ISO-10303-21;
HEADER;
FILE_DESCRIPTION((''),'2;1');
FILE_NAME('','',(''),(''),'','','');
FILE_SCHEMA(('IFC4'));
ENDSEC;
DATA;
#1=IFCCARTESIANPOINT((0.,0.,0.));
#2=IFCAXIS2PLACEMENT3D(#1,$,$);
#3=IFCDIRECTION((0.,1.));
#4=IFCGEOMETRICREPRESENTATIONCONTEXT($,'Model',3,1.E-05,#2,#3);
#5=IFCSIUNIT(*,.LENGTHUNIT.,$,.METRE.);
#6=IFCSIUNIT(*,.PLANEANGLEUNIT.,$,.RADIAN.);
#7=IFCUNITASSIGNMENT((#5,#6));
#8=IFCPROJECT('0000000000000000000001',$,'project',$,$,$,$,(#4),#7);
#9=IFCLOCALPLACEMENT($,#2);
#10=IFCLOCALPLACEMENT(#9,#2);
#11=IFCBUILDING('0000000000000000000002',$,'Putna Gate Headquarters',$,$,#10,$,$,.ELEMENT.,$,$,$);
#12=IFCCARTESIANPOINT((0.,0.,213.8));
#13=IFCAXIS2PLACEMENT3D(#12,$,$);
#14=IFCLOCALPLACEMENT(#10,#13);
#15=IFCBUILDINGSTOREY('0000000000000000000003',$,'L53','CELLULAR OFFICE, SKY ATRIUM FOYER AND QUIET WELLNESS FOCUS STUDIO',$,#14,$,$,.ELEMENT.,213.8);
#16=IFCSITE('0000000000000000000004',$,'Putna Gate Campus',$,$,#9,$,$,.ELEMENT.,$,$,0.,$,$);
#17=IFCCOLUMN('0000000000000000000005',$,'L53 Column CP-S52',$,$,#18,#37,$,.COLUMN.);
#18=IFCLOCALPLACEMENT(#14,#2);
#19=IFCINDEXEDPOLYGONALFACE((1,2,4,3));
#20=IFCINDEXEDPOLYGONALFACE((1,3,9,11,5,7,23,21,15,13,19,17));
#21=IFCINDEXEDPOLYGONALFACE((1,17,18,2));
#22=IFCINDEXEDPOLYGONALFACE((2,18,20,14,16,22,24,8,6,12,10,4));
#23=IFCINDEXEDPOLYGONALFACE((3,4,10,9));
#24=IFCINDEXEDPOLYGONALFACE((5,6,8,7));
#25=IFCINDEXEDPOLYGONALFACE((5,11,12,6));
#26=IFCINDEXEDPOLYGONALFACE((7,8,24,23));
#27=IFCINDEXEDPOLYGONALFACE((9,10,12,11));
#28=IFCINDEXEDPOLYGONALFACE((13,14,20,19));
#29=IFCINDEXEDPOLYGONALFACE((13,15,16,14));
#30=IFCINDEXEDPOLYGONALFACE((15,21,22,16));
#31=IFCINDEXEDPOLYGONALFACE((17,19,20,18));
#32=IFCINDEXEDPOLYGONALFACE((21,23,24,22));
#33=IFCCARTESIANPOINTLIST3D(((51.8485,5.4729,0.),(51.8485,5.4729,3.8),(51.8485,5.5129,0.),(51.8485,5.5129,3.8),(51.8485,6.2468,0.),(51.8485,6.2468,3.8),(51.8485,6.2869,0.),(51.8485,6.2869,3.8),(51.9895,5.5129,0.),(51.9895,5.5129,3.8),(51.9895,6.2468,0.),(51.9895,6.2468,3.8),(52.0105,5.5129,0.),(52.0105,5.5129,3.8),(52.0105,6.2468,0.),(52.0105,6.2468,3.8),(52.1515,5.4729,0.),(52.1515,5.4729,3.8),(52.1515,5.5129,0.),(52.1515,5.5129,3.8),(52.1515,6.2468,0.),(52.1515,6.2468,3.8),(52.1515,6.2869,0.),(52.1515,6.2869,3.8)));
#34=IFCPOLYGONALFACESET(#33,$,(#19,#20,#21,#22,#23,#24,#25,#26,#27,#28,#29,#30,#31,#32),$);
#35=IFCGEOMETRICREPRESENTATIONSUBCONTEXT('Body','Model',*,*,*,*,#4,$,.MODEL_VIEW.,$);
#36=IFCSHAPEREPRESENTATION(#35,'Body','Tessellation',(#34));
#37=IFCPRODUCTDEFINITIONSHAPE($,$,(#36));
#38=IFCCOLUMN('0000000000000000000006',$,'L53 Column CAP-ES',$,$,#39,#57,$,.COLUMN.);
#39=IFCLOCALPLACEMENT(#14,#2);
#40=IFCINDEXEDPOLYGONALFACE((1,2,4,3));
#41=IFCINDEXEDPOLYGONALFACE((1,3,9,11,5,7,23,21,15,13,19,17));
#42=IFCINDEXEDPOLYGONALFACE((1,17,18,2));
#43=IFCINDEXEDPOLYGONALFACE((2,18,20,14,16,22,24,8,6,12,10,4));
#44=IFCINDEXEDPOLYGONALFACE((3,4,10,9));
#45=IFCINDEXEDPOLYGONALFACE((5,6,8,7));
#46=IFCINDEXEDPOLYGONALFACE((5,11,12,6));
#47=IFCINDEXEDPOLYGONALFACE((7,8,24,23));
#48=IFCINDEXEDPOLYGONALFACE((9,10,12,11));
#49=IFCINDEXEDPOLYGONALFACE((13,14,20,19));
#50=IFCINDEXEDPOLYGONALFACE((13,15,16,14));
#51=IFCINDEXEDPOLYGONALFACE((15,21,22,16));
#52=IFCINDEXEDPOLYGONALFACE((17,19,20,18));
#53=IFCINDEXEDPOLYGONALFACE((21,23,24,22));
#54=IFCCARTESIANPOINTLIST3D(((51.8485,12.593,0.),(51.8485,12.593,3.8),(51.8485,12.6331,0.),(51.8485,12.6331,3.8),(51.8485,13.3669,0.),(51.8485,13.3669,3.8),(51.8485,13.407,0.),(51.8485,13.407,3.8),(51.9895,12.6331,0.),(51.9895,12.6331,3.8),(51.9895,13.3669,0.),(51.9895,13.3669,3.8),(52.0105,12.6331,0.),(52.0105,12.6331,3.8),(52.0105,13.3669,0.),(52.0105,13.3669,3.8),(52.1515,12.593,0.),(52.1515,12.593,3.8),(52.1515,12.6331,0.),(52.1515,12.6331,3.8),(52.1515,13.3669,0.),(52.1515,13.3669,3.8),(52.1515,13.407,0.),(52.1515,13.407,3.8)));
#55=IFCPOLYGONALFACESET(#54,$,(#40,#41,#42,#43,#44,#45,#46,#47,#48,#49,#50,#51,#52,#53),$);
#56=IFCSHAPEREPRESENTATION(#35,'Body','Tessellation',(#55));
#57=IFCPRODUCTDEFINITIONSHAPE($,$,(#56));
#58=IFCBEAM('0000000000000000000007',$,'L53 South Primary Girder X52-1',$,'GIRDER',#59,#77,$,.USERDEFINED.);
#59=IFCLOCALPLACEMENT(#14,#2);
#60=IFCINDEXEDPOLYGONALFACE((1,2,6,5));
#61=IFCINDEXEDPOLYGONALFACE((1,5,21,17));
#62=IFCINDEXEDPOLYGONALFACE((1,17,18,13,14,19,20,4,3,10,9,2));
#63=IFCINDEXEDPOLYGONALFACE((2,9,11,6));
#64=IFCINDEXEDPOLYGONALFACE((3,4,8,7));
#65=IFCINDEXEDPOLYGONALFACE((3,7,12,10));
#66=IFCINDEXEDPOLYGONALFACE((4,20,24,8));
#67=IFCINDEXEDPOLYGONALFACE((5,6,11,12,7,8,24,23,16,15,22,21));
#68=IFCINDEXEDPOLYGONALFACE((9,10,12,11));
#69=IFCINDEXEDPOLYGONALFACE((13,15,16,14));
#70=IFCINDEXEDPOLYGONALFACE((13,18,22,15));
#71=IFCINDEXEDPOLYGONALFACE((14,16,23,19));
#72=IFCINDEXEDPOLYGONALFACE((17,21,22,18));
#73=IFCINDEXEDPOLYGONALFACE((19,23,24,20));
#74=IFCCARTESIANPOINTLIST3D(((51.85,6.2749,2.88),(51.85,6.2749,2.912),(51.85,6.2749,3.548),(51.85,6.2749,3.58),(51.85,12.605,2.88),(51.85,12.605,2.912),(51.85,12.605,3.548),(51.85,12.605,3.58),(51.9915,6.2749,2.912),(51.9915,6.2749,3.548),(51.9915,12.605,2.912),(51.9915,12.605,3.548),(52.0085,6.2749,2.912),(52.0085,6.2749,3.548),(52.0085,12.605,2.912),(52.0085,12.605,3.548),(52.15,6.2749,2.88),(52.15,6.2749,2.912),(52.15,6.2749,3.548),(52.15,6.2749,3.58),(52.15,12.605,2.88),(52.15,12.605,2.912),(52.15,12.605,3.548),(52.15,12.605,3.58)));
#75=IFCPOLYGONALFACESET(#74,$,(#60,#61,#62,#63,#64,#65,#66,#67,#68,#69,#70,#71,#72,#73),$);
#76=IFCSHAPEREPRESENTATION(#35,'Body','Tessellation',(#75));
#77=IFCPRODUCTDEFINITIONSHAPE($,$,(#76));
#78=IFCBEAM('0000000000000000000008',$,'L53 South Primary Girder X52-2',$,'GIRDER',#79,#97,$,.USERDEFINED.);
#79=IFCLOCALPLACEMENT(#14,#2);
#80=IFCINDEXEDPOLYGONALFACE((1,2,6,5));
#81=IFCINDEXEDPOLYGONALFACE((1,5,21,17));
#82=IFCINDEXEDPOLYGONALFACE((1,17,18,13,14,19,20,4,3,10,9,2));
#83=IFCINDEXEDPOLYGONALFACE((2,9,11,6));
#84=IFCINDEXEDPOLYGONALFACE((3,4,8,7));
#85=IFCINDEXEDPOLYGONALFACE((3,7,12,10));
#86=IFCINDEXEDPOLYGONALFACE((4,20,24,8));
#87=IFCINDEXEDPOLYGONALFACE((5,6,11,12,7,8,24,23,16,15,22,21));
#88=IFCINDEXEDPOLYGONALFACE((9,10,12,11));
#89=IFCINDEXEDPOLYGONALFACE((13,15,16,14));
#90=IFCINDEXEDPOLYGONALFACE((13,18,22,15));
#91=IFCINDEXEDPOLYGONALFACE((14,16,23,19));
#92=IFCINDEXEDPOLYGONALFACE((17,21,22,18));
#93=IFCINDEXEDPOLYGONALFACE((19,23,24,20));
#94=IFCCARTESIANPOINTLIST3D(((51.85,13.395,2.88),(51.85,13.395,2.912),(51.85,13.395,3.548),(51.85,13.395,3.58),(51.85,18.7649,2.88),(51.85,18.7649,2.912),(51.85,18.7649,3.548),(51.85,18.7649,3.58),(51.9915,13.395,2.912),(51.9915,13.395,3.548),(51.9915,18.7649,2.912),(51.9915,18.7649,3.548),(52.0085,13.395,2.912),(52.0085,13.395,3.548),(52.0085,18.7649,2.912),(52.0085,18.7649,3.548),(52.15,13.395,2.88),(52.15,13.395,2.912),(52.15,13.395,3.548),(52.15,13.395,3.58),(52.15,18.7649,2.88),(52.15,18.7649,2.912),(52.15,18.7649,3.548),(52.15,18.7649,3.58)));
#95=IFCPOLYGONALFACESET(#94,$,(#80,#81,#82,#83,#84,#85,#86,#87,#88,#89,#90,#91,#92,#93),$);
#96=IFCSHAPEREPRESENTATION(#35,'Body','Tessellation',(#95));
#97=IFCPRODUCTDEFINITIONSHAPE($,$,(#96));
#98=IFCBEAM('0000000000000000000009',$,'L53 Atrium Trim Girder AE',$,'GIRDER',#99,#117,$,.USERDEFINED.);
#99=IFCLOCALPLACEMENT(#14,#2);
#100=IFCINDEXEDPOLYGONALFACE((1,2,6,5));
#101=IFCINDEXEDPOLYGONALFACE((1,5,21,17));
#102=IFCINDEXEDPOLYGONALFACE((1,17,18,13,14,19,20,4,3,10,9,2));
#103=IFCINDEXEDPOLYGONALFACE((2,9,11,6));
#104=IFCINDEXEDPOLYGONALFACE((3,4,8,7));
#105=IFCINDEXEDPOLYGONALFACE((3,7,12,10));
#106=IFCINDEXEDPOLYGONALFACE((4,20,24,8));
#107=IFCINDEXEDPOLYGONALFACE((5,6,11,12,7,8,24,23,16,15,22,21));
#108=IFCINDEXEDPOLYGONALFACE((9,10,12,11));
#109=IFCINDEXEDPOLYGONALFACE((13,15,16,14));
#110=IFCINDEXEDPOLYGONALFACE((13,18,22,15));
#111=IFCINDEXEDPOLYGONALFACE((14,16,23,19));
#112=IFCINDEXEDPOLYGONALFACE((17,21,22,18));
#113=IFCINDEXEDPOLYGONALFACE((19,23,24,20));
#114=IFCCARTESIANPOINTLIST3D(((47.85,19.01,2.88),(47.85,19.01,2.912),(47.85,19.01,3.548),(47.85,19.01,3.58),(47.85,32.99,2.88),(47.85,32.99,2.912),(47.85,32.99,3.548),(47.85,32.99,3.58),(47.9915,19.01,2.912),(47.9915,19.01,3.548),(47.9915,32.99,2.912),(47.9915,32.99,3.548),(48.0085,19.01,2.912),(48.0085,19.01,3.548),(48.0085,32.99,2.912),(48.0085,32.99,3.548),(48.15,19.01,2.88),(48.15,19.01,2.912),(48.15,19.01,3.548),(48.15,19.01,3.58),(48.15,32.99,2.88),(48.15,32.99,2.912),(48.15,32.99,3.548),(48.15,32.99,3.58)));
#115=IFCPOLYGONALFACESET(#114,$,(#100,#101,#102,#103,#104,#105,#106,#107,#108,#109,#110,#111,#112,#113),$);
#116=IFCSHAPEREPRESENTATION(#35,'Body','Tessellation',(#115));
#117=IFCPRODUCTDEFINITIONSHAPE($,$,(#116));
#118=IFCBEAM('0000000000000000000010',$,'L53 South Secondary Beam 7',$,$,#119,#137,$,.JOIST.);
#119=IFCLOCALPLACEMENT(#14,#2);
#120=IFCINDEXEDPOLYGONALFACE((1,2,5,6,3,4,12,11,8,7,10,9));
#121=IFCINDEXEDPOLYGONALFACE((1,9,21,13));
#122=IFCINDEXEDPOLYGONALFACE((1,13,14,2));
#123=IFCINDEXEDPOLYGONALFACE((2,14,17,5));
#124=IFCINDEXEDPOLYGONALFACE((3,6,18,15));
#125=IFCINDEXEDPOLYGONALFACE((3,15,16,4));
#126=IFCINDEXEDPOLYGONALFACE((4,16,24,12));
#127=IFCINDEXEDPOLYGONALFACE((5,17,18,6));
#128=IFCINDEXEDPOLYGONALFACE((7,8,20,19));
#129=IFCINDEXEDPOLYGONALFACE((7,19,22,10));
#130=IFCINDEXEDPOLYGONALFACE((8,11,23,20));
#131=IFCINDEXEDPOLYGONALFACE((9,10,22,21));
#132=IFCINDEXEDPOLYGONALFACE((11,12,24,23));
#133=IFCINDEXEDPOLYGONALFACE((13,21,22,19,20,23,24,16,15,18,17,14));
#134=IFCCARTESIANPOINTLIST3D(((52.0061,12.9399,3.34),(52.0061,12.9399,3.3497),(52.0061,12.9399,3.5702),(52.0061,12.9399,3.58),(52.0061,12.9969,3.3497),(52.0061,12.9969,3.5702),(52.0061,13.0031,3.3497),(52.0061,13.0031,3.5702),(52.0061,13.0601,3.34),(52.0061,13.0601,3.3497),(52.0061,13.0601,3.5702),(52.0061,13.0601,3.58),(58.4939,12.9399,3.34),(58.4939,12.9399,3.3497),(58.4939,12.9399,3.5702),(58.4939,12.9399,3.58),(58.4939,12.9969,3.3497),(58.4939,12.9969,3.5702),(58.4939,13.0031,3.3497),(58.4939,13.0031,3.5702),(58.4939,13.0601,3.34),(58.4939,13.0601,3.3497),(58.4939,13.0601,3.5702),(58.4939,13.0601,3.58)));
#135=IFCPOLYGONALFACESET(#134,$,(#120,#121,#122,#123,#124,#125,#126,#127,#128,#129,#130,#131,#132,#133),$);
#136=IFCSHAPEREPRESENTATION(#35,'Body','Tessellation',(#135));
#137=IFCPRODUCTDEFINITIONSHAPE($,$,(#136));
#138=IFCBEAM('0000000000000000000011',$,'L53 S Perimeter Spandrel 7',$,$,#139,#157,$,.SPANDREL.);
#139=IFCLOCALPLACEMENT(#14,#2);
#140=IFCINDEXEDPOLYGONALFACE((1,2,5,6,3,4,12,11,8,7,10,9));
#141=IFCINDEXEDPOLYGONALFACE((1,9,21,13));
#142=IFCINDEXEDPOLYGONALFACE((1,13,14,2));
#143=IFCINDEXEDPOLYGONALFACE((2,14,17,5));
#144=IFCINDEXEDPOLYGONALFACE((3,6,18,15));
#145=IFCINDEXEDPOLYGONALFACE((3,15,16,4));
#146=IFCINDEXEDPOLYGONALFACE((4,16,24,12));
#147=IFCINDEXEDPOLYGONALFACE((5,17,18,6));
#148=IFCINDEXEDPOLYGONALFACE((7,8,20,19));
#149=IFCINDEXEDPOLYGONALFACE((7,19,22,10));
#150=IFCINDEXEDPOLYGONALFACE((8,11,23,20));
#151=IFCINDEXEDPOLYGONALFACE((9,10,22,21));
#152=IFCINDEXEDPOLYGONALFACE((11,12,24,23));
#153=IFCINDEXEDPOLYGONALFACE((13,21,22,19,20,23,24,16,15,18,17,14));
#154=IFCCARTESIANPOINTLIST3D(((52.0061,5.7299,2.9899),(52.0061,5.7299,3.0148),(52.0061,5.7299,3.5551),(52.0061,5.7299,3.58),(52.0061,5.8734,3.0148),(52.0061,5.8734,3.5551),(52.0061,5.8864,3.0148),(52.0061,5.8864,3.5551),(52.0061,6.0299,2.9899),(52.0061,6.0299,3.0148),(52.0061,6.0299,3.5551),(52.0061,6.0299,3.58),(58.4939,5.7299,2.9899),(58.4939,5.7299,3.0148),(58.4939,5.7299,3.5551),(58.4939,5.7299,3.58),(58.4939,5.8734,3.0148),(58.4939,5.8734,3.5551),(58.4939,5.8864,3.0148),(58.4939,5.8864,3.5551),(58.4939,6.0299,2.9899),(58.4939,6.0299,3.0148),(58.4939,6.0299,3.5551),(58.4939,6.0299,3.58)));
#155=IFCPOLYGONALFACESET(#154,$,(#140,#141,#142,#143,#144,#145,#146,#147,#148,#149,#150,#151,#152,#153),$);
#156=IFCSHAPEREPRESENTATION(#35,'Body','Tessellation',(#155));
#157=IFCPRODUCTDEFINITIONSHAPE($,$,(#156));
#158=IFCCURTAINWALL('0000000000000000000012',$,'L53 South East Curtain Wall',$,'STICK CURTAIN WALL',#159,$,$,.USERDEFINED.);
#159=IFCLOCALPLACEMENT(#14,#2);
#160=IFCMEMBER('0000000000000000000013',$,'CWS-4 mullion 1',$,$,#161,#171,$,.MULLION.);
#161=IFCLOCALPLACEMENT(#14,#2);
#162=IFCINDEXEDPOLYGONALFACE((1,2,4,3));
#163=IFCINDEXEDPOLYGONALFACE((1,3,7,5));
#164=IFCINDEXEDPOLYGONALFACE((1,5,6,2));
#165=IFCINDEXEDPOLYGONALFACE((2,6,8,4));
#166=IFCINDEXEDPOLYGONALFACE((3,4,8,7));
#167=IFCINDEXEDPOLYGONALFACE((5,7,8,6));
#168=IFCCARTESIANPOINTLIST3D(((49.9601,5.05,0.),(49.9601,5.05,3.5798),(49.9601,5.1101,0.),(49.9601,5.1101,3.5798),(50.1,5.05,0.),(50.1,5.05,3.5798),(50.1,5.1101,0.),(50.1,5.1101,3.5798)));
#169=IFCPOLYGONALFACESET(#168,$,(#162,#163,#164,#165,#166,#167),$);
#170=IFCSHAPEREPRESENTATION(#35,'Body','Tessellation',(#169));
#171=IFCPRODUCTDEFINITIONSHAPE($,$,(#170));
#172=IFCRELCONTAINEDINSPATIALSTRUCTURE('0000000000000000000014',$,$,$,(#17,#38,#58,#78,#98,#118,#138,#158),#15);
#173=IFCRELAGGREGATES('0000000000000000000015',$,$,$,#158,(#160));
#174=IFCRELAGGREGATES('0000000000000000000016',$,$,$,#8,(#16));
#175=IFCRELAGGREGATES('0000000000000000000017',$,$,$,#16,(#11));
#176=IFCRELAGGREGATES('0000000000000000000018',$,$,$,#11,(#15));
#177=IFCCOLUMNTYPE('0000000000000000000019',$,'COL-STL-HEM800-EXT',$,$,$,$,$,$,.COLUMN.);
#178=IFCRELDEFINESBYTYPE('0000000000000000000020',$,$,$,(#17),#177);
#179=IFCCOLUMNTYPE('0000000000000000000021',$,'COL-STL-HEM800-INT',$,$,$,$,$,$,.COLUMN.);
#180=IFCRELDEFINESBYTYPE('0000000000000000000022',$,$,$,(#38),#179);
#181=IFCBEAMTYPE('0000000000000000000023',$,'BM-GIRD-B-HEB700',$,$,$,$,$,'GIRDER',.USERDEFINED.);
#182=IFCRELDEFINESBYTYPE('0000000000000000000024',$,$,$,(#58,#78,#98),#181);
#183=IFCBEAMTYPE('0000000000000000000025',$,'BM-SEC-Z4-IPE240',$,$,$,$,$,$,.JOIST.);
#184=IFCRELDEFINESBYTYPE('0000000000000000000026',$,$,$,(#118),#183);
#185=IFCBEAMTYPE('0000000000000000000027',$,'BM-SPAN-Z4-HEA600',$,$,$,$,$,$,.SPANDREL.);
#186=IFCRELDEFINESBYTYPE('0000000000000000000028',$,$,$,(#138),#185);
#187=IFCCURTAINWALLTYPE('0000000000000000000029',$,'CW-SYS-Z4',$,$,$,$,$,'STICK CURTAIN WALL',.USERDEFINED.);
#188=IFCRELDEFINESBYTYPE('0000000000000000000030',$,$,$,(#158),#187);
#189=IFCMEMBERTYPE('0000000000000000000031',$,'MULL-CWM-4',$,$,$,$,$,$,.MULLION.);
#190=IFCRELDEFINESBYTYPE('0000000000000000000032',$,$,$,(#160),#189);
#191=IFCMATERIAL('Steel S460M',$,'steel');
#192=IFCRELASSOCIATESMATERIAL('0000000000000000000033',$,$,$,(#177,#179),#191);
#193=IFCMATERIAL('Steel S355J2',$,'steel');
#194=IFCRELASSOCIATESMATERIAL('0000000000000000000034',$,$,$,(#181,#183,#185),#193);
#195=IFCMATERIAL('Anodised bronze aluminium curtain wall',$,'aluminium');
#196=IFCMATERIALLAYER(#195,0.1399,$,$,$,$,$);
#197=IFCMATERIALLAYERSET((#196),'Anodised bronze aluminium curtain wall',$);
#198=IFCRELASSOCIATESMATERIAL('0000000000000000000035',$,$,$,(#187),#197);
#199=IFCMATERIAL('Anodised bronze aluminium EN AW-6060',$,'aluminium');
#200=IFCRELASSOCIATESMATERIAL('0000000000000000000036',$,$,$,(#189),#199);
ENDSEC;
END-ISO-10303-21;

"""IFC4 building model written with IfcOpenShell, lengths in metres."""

from ifc_helpers import new_model, si_unit, direction, frame, origin, origin_2d, place, context, subcontext, project, spatial, rectangle, i_section, extrude, material, layer, layer_set, material_profile, profile_set, type_object, element, aggregate, save


model = new_model("IFC4")

# Units and contexts
model_context = context("Model", 3, precision=1e-05, world=origin(), true_north=direction((0.0, 1.0)))
body_context = subcontext(model_context, "Body", "Model", "MODEL_VIEW")
ifc_project = project(units=[si_unit("LENGTHUNIT", "METRE"), si_unit("PLANEANGLEUNIT", "RADIAN")], contexts=[model_context])

# Site, building, storey
site_placement = place(None, origin())
site = spatial("IfcSite", under=ifc_project, at=site_placement, Name="Putna Gate Campus", CompositionType="ELEMENT", RefElevation=0.0)
building_placement = place(site_placement, origin())
building = spatial("IfcBuilding", under=site, at=building_placement, Name="Putna Gate Headquarters", CompositionType="ELEMENT")
storey_placement = place(building_placement, frame((0.0, 0.0, 213.8)))
storey = spatial("IfcBuildingStorey", under=building, at=storey_placement, Name="L53", Description="CELLULAR OFFICE, SKY ATRIUM FOYER AND QUIET WELLNESS FOCUS STUDIO", CompositionType="ELEMENT", Elevation=213.8)

# Columns
ifc_material_1 = material(Name="Steel S460M", Category="steel")
ifc_material_profile_1 = material_profile(ifc_material_1, i_section(OverallWidth=0.303, OverallDepth=0.814, WebThickness=0.021, FlangeThickness=0.04, at=origin_2d()), Name="Steel S460M")
ifc_profile_set_1 = profile_set([ifc_material_profile_1], Name="Steel S460M")
column_type_1 = type_object("IfcColumnType", Name="COL-STL-HEM800-EXT", PredefinedType="COLUMN", material=ifc_profile_set_1)
column_1_placement = place(storey_placement, frame((52.0, 5.8799, 0.0), z_axis=(0.0, 0.0, 1.0), x_axis=(1.0, 0.0, 0.0)))
element("IfcColumn", 1, at=column_1_placement, inside=storey, type_object=column_type_1, Name="L53 Column CP-S52", PredefinedType="COLUMN", context=body_context, shape_type="SweptSolid", body=[
    extrude(i_section(OverallWidth=0.303, OverallDepth=0.814, WebThickness=0.021, FlangeThickness=0.04, at=origin_2d()), origin(), (0.0, 0.0, 1.0), 3.8),
])
ifc_material_profile_2 = material_profile(ifc_material_1, i_section(OverallWidth=0.303, OverallDepth=0.814, WebThickness=0.021, FlangeThickness=0.04, at=origin_2d()), Name="Steel S460M")
ifc_profile_set_2 = profile_set([ifc_material_profile_2], Name="Steel S460M")
column_type_2 = type_object("IfcColumnType", Name="COL-STL-HEM800-INT", PredefinedType="COLUMN", material=ifc_profile_set_2)
column_2_placement = place(storey_placement, frame((52.0, 13.0, 0.0), z_axis=(0.0, 0.0, 1.0), x_axis=(1.0, 0.0, 0.0)))
element("IfcColumn", 2, at=column_2_placement, inside=storey, type_object=column_type_2, Name="L53 Column CAP-ES", PredefinedType="COLUMN", context=body_context, shape_type="SweptSolid", body=[
    extrude(i_section(OverallWidth=0.303, OverallDepth=0.814, WebThickness=0.021, FlangeThickness=0.04, at=origin_2d()), origin(), (0.0, 0.0, 1.0), 3.8),
])

# Beams
ifc_material_2 = material(Name="Steel S355J2", Category="steel")
ifc_material_profile_3 = material_profile(ifc_material_2, i_section(OverallWidth=0.3, OverallDepth=0.7, WebThickness=0.0171, FlangeThickness=0.032, at=origin_2d()), Name="Steel S355J2")
ifc_profile_set_3 = profile_set([ifc_material_profile_3], Name="Steel S355J2")
beam_type_1 = type_object("IfcBeamType", Name="BM-GIRD-B-HEB700", ElementType="GIRDER", PredefinedType="USERDEFINED", material=ifc_profile_set_3)
beam_1_placement = place(storey_placement, frame((52.0, 6.2749, 3.23), z_axis=(0.0, 1.0, 0.0), x_axis=(-1.0, 0.0, 0.0)))
element("IfcBeam", 3, at=beam_1_placement, inside=storey, type_object=beam_type_1, Name="L53 South Primary Girder X52-1", ObjectType="GIRDER", PredefinedType="USERDEFINED", context=body_context, shape_type="SweptSolid", body=[
    extrude(i_section(OverallWidth=0.3, OverallDepth=0.7, WebThickness=0.0171, FlangeThickness=0.032, at=origin_2d()), origin(), (0.0, 0.0, 1.0), 6.3301),
])
beam_2_placement = place(storey_placement, frame((52.0, 13.395, 3.23), z_axis=(0.0, 1.0, 0.0), x_axis=(-1.0, 0.0, 0.0)))
element("IfcBeam", 4, at=beam_2_placement, inside=storey, type_object=beam_type_1, Name="L53 South Primary Girder X52-2", ObjectType="GIRDER", PredefinedType="USERDEFINED", context=body_context, shape_type="SweptSolid", body=[
    extrude(i_section(OverallWidth=0.3, OverallDepth=0.7, WebThickness=0.0171, FlangeThickness=0.032, at=origin_2d()), origin(), (0.0, 0.0, 1.0), 5.3699),
])
beam_3_placement = place(storey_placement, frame((48.0, 19.01, 3.23), z_axis=(0.0, 1.0, 0.0), x_axis=(-1.0, 0.0, 0.0)))
element("IfcBeam", 5, at=beam_3_placement, inside=storey, type_object=beam_type_1, Name="L53 Atrium Trim Girder AE", ObjectType="GIRDER", PredefinedType="USERDEFINED", context=body_context, shape_type="SweptSolid", body=[
    extrude(i_section(OverallWidth=0.3, OverallDepth=0.7, WebThickness=0.0171, FlangeThickness=0.032, at=origin_2d()), origin(), (0.0, 0.0, 1.0), 13.98),
])
ifc_material_profile_4 = material_profile(ifc_material_2, i_section(OverallWidth=0.1201, OverallDepth=0.24, WebThickness=0.0061, FlangeThickness=0.0098, at=origin_2d()), Name="Steel S355J2")
ifc_profile_set_4 = profile_set([ifc_material_profile_4], Name="Steel S355J2")
beam_type_2 = type_object("IfcBeamType", Name="BM-SEC-Z4-IPE240", PredefinedType="JOIST", material=ifc_profile_set_4)
beam_4_placement = place(storey_placement, frame((52.0061, 13.0, 3.46), z_axis=(1.0, 0.0, 0.0), x_axis=(0.0, 1.0, 0.0)))
element("IfcBeam", 6, at=beam_4_placement, inside=storey, type_object=beam_type_2, Name="L53 South Secondary Beam 7", PredefinedType="JOIST", context=body_context, shape_type="SweptSolid", body=[
    extrude(i_section(OverallWidth=0.1201, OverallDepth=0.24, WebThickness=0.0061, FlangeThickness=0.0098, at=origin_2d()), origin(), (0.0, 0.0, 1.0), 6.4878),
])
ifc_material_profile_5 = material_profile(ifc_material_2, i_section(OverallWidth=0.3, OverallDepth=0.5901, WebThickness=0.0129, FlangeThickness=0.0249, at=origin_2d()), Name="Steel S355J2")
ifc_profile_set_5 = profile_set([ifc_material_profile_5], Name="Steel S355J2")
beam_type_3 = type_object("IfcBeamType", Name="BM-SPAN-Z4-HEA600", PredefinedType="SPANDREL", material=ifc_profile_set_5)
beam_5_placement = place(storey_placement, frame((52.0061, 5.8799, 3.2849), z_axis=(1.0, 0.0, 0.0), x_axis=(0.0, 1.0, 0.0)))
element("IfcBeam", 7, at=beam_5_placement, inside=storey, type_object=beam_type_3, Name="L53 S Perimeter Spandrel 7", PredefinedType="SPANDREL", context=body_context, shape_type="SweptSolid", body=[
    extrude(i_section(OverallWidth=0.3, OverallDepth=0.5901, WebThickness=0.0129, FlangeThickness=0.0249, at=origin_2d()), origin(), (0.0, 0.0, 1.0), 6.4878),
])

# Curtain wall, member
ifc_material_3 = material(Name="Anodised bronze aluminium curtain wall", Category="aluminium")
ifc_layer_1 = layer(ifc_material_3, 0.1399)
ifc_layer_set_1 = layer_set([ifc_layer_1], Name="Anodised bronze aluminium curtain wall")
curtain_wall_type_1 = type_object("IfcCurtainWallType", Name="CW-SYS-Z4", ElementType="STICK CURTAIN WALL", PredefinedType="USERDEFINED", material=ifc_layer_set_1)
curtain_wall_1_placement = place(storey_placement, origin())
curtain_wall_1 = element("IfcCurtainWall", 8, at=curtain_wall_1_placement, inside=storey, type_object=curtain_wall_type_1, Name="L53 South East Curtain Wall", ObjectType="STICK CURTAIN WALL", PredefinedType="USERDEFINED")
ifc_material_4 = material(Name="Anodised bronze aluminium EN AW-6060", Category="aluminium")
ifc_material_profile_6 = material_profile(ifc_material_4, rectangle(XDim=0.0601, YDim=0.1399, at=origin_2d()), Name="Anodised bronze aluminium EN AW-6060")
ifc_profile_set_6 = profile_set([ifc_material_profile_6], Name="Anodised bronze aluminium EN AW-6060")
member_type_1 = type_object("IfcMemberType", Name="MULL-CWM-4", PredefinedType="MULLION", material=ifc_profile_set_6)
member_1_placement = place(storey_placement, frame((50.03, 5.0801, 0.0), z_axis=(0.0, 0.0, 1.0), x_axis=(0.0, 1.0, 0.0)))
member_1 = element("IfcMember", 9, at=member_1_placement, type_object=member_type_1, Name="CWS-4 mullion 1", PredefinedType="MULLION", context=body_context, shape_type="SweptSolid", body=[
    extrude(rectangle(XDim=0.0601, YDim=0.1399, at=origin_2d()), origin(), (0.0, 0.0, 1.0), 3.5798),
])

aggregate(curtain_wall_1, [member_1])

save(model, "model.ifc")
